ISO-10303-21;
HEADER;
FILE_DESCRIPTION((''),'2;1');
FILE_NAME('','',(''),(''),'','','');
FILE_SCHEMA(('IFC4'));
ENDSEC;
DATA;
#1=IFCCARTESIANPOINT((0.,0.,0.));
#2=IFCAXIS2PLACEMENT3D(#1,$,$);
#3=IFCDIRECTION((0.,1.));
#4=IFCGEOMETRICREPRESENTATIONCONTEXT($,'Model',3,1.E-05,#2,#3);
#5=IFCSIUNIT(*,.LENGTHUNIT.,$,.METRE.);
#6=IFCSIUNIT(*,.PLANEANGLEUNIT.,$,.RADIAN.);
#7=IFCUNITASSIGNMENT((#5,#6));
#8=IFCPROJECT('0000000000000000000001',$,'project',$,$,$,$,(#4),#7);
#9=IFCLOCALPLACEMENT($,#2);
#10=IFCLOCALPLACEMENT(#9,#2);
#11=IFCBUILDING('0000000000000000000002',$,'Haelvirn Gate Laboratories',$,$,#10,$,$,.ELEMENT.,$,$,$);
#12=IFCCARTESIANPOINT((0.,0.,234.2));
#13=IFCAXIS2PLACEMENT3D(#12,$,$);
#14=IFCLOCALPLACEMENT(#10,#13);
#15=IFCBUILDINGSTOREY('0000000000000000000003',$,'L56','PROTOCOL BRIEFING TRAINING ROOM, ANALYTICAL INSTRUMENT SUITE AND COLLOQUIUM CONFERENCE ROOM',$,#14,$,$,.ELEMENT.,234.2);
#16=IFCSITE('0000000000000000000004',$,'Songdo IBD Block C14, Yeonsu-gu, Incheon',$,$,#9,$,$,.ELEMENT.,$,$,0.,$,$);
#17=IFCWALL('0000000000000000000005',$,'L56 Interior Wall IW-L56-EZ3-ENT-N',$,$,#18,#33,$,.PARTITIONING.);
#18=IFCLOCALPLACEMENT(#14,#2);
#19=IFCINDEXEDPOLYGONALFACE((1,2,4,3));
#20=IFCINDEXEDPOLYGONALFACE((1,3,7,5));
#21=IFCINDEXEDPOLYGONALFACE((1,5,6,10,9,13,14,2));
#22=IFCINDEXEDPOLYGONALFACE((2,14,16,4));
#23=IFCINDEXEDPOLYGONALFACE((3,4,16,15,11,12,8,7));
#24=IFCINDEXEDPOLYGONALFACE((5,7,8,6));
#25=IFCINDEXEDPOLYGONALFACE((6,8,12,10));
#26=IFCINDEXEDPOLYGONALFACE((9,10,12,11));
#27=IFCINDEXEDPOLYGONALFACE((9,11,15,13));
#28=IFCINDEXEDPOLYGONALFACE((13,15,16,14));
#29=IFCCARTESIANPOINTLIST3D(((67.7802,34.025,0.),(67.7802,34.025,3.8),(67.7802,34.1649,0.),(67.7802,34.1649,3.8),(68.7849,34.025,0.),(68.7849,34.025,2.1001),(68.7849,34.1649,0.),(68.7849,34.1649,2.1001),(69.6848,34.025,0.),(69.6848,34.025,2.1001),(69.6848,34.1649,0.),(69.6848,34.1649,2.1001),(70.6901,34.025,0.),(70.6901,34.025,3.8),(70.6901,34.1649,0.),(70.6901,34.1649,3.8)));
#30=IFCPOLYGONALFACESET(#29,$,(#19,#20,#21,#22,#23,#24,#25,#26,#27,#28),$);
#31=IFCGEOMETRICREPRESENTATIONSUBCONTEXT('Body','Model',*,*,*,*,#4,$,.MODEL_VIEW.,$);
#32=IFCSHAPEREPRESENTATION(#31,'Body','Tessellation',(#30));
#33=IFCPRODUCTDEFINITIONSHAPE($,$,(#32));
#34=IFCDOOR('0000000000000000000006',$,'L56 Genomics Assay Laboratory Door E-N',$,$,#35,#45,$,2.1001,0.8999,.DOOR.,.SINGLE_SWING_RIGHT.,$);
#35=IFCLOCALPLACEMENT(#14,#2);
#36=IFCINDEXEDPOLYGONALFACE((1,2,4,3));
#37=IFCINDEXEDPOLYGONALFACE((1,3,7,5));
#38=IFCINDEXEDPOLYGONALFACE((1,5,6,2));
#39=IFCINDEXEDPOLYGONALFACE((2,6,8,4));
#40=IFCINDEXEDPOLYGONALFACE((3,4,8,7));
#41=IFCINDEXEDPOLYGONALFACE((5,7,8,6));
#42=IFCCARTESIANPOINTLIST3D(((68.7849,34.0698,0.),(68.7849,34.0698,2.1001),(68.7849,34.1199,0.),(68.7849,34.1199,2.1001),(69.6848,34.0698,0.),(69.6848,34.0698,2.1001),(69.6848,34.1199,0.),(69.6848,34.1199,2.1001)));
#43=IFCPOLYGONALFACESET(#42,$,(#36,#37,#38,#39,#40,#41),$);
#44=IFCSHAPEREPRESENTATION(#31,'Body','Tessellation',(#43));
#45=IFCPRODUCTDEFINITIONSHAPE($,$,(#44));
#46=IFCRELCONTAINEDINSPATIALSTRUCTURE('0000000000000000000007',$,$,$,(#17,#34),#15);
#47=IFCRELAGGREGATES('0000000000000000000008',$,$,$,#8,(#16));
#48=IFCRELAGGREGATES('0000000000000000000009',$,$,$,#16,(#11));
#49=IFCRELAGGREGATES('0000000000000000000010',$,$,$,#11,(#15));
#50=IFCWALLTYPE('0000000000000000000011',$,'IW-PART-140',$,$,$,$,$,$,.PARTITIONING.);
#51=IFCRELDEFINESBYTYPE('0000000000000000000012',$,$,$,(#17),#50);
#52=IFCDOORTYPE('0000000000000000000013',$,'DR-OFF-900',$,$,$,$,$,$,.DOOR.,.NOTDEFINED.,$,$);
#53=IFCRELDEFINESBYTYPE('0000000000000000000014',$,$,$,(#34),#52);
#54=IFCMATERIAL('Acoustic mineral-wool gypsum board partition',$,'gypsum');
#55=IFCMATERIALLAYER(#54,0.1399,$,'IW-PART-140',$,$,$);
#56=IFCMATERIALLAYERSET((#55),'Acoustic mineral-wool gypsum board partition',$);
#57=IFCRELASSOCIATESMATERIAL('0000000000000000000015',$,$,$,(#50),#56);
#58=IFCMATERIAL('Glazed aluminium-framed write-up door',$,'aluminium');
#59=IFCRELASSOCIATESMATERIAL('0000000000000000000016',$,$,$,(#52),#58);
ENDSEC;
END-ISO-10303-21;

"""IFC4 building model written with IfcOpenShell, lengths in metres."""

from ifc_helpers import new_model, si_unit, direction, frame, frame_2d, origin, place, context, subcontext, project, spatial, rectangle, extrude, source, transform, mapped, material, layer, layer_set, type_object, type_shapes, element, fill, save


model = new_model("IFC4")

# Units and contexts
model_context = context("Model", 3, precision=1e-05, world=origin(), true_north=direction((0.0, 1.0)))
body_context = subcontext(model_context, "Body", "Model", "MODEL_VIEW")
ifc_project = project(units=[si_unit("LENGTHUNIT", "METRE"), si_unit("PLANEANGLEUNIT", "RADIAN")], contexts=[model_context])

# Site, building, storey
site_placement = place(None, origin())
site = spatial("IfcSite", under=ifc_project, at=site_placement, Name="Songdo IBD Block C14, Yeonsu-gu, Incheon", CompositionType="ELEMENT", RefElevation=0.0)
building_placement = place(site_placement, origin())
building = spatial("IfcBuilding", under=site, at=building_placement, Name="Haelvirn Gate Laboratories", CompositionType="ELEMENT")
storey_placement = place(building_placement, frame((0.0, 0.0, 234.2)))
storey = spatial("IfcBuildingStorey", under=building, at=storey_placement, Name="L56", Description="PROTOCOL BRIEFING TRAINING ROOM, ANALYTICAL INSTRUMENT SUITE AND COLLOQUIUM CONFERENCE ROOM", CompositionType="ELEMENT", Elevation=234.2)

# Wall, opening, door
ifc_material_1 = material(Name="Acoustic mineral-wool gypsum board partition", Category="gypsum")
ifc_layer_1 = layer(ifc_material_1, 0.1399, Name="IW-PART-140")
ifc_layer_set_1 = layer_set([ifc_layer_1], Name="Acoustic mineral-wool gypsum board partition")
wall_type_1 = type_object("IfcWallType", Name="IW-PART-140", PredefinedType="PARTITIONING", material=ifc_layer_set_1)
wall_1_placement = place(storey_placement, frame((67.78, 34.095, 0.0), z_axis=(0.0, 0.0, 1.0), x_axis=(1.0, 0.0, 0.0)))
wall_1 = element("IfcWall", 1, at=wall_1_placement, inside=storey, type_object=wall_type_1, Name="L56 Interior Wall IW-L56-EZ3-ENT-N", PredefinedType="PARTITIONING", context=body_context, shape_type="SweptSolid", body=[
    extrude(rectangle(XDim=2.9099, YDim=0.1399, at=frame_2d((1.4551, 0.0))), origin(), (0.0, 0.0, 1.0), 3.8),
])
opening_1_placement = place(wall_1_placement, frame((1.0049, 0.0, 0.0)))
opening_1 = element("IfcOpeningElement", 2, at=opening_1_placement, cuts=wall_1, PredefinedType="OPENING", context=body_context, shape_type="SweptSolid", body=[
    extrude(rectangle(XDim=0.8999, YDim=2.1001, at=frame_2d((0.45, 1.05))), frame((0.0, 0.0801, 0.0), z_axis=(0.0, -1.0, 0.0), x_axis=(1.0, 0.0, 0.0)), (0.0, 0.0, 1.0), 0.1599),
])
ifc_material_2 = material(Name="Glazed aluminium-framed write-up door", Category="aluminium")
door_type_1 = type_object("IfcDoorType", Name="DR-OFF-900", OperationType="NOTDEFINED", PredefinedType="DOOR", material=ifc_material_2)
shared_shape_1 = source(origin(), body_context, "Body", "SweptSolid", [
    extrude(rectangle(XDim=0.8999, YDim=2.1001, at=frame_2d((0.45, 1.05))), frame((0.0, 0.0249, 0.0), z_axis=(0.0, -1.0, 0.0), x_axis=(1.0, 0.0, 0.0)), (0.0, 0.0, 1.0), 0.05),
])
type_shapes(door_type_1, [shared_shape_1])
door_1_placement = place(opening_1_placement, origin())
door_1 = element("IfcDoor", 3, at=door_1_placement, inside=storey, type_object=door_type_1, Name="L56 Genomics Assay Laboratory Door E-N", OperationType="SINGLE_SWING_RIGHT", OverallHeight=2.1001, OverallWidth=0.8999, PredefinedType="DOOR", context=body_context, shape_type="MappedRepresentation", body=[
    mapped(shared_shape_1, transform((0.0, 0.0, 0.0), scale=1.0)),
])
fill(opening_1, door_1)

save(model, "model.ifc")
